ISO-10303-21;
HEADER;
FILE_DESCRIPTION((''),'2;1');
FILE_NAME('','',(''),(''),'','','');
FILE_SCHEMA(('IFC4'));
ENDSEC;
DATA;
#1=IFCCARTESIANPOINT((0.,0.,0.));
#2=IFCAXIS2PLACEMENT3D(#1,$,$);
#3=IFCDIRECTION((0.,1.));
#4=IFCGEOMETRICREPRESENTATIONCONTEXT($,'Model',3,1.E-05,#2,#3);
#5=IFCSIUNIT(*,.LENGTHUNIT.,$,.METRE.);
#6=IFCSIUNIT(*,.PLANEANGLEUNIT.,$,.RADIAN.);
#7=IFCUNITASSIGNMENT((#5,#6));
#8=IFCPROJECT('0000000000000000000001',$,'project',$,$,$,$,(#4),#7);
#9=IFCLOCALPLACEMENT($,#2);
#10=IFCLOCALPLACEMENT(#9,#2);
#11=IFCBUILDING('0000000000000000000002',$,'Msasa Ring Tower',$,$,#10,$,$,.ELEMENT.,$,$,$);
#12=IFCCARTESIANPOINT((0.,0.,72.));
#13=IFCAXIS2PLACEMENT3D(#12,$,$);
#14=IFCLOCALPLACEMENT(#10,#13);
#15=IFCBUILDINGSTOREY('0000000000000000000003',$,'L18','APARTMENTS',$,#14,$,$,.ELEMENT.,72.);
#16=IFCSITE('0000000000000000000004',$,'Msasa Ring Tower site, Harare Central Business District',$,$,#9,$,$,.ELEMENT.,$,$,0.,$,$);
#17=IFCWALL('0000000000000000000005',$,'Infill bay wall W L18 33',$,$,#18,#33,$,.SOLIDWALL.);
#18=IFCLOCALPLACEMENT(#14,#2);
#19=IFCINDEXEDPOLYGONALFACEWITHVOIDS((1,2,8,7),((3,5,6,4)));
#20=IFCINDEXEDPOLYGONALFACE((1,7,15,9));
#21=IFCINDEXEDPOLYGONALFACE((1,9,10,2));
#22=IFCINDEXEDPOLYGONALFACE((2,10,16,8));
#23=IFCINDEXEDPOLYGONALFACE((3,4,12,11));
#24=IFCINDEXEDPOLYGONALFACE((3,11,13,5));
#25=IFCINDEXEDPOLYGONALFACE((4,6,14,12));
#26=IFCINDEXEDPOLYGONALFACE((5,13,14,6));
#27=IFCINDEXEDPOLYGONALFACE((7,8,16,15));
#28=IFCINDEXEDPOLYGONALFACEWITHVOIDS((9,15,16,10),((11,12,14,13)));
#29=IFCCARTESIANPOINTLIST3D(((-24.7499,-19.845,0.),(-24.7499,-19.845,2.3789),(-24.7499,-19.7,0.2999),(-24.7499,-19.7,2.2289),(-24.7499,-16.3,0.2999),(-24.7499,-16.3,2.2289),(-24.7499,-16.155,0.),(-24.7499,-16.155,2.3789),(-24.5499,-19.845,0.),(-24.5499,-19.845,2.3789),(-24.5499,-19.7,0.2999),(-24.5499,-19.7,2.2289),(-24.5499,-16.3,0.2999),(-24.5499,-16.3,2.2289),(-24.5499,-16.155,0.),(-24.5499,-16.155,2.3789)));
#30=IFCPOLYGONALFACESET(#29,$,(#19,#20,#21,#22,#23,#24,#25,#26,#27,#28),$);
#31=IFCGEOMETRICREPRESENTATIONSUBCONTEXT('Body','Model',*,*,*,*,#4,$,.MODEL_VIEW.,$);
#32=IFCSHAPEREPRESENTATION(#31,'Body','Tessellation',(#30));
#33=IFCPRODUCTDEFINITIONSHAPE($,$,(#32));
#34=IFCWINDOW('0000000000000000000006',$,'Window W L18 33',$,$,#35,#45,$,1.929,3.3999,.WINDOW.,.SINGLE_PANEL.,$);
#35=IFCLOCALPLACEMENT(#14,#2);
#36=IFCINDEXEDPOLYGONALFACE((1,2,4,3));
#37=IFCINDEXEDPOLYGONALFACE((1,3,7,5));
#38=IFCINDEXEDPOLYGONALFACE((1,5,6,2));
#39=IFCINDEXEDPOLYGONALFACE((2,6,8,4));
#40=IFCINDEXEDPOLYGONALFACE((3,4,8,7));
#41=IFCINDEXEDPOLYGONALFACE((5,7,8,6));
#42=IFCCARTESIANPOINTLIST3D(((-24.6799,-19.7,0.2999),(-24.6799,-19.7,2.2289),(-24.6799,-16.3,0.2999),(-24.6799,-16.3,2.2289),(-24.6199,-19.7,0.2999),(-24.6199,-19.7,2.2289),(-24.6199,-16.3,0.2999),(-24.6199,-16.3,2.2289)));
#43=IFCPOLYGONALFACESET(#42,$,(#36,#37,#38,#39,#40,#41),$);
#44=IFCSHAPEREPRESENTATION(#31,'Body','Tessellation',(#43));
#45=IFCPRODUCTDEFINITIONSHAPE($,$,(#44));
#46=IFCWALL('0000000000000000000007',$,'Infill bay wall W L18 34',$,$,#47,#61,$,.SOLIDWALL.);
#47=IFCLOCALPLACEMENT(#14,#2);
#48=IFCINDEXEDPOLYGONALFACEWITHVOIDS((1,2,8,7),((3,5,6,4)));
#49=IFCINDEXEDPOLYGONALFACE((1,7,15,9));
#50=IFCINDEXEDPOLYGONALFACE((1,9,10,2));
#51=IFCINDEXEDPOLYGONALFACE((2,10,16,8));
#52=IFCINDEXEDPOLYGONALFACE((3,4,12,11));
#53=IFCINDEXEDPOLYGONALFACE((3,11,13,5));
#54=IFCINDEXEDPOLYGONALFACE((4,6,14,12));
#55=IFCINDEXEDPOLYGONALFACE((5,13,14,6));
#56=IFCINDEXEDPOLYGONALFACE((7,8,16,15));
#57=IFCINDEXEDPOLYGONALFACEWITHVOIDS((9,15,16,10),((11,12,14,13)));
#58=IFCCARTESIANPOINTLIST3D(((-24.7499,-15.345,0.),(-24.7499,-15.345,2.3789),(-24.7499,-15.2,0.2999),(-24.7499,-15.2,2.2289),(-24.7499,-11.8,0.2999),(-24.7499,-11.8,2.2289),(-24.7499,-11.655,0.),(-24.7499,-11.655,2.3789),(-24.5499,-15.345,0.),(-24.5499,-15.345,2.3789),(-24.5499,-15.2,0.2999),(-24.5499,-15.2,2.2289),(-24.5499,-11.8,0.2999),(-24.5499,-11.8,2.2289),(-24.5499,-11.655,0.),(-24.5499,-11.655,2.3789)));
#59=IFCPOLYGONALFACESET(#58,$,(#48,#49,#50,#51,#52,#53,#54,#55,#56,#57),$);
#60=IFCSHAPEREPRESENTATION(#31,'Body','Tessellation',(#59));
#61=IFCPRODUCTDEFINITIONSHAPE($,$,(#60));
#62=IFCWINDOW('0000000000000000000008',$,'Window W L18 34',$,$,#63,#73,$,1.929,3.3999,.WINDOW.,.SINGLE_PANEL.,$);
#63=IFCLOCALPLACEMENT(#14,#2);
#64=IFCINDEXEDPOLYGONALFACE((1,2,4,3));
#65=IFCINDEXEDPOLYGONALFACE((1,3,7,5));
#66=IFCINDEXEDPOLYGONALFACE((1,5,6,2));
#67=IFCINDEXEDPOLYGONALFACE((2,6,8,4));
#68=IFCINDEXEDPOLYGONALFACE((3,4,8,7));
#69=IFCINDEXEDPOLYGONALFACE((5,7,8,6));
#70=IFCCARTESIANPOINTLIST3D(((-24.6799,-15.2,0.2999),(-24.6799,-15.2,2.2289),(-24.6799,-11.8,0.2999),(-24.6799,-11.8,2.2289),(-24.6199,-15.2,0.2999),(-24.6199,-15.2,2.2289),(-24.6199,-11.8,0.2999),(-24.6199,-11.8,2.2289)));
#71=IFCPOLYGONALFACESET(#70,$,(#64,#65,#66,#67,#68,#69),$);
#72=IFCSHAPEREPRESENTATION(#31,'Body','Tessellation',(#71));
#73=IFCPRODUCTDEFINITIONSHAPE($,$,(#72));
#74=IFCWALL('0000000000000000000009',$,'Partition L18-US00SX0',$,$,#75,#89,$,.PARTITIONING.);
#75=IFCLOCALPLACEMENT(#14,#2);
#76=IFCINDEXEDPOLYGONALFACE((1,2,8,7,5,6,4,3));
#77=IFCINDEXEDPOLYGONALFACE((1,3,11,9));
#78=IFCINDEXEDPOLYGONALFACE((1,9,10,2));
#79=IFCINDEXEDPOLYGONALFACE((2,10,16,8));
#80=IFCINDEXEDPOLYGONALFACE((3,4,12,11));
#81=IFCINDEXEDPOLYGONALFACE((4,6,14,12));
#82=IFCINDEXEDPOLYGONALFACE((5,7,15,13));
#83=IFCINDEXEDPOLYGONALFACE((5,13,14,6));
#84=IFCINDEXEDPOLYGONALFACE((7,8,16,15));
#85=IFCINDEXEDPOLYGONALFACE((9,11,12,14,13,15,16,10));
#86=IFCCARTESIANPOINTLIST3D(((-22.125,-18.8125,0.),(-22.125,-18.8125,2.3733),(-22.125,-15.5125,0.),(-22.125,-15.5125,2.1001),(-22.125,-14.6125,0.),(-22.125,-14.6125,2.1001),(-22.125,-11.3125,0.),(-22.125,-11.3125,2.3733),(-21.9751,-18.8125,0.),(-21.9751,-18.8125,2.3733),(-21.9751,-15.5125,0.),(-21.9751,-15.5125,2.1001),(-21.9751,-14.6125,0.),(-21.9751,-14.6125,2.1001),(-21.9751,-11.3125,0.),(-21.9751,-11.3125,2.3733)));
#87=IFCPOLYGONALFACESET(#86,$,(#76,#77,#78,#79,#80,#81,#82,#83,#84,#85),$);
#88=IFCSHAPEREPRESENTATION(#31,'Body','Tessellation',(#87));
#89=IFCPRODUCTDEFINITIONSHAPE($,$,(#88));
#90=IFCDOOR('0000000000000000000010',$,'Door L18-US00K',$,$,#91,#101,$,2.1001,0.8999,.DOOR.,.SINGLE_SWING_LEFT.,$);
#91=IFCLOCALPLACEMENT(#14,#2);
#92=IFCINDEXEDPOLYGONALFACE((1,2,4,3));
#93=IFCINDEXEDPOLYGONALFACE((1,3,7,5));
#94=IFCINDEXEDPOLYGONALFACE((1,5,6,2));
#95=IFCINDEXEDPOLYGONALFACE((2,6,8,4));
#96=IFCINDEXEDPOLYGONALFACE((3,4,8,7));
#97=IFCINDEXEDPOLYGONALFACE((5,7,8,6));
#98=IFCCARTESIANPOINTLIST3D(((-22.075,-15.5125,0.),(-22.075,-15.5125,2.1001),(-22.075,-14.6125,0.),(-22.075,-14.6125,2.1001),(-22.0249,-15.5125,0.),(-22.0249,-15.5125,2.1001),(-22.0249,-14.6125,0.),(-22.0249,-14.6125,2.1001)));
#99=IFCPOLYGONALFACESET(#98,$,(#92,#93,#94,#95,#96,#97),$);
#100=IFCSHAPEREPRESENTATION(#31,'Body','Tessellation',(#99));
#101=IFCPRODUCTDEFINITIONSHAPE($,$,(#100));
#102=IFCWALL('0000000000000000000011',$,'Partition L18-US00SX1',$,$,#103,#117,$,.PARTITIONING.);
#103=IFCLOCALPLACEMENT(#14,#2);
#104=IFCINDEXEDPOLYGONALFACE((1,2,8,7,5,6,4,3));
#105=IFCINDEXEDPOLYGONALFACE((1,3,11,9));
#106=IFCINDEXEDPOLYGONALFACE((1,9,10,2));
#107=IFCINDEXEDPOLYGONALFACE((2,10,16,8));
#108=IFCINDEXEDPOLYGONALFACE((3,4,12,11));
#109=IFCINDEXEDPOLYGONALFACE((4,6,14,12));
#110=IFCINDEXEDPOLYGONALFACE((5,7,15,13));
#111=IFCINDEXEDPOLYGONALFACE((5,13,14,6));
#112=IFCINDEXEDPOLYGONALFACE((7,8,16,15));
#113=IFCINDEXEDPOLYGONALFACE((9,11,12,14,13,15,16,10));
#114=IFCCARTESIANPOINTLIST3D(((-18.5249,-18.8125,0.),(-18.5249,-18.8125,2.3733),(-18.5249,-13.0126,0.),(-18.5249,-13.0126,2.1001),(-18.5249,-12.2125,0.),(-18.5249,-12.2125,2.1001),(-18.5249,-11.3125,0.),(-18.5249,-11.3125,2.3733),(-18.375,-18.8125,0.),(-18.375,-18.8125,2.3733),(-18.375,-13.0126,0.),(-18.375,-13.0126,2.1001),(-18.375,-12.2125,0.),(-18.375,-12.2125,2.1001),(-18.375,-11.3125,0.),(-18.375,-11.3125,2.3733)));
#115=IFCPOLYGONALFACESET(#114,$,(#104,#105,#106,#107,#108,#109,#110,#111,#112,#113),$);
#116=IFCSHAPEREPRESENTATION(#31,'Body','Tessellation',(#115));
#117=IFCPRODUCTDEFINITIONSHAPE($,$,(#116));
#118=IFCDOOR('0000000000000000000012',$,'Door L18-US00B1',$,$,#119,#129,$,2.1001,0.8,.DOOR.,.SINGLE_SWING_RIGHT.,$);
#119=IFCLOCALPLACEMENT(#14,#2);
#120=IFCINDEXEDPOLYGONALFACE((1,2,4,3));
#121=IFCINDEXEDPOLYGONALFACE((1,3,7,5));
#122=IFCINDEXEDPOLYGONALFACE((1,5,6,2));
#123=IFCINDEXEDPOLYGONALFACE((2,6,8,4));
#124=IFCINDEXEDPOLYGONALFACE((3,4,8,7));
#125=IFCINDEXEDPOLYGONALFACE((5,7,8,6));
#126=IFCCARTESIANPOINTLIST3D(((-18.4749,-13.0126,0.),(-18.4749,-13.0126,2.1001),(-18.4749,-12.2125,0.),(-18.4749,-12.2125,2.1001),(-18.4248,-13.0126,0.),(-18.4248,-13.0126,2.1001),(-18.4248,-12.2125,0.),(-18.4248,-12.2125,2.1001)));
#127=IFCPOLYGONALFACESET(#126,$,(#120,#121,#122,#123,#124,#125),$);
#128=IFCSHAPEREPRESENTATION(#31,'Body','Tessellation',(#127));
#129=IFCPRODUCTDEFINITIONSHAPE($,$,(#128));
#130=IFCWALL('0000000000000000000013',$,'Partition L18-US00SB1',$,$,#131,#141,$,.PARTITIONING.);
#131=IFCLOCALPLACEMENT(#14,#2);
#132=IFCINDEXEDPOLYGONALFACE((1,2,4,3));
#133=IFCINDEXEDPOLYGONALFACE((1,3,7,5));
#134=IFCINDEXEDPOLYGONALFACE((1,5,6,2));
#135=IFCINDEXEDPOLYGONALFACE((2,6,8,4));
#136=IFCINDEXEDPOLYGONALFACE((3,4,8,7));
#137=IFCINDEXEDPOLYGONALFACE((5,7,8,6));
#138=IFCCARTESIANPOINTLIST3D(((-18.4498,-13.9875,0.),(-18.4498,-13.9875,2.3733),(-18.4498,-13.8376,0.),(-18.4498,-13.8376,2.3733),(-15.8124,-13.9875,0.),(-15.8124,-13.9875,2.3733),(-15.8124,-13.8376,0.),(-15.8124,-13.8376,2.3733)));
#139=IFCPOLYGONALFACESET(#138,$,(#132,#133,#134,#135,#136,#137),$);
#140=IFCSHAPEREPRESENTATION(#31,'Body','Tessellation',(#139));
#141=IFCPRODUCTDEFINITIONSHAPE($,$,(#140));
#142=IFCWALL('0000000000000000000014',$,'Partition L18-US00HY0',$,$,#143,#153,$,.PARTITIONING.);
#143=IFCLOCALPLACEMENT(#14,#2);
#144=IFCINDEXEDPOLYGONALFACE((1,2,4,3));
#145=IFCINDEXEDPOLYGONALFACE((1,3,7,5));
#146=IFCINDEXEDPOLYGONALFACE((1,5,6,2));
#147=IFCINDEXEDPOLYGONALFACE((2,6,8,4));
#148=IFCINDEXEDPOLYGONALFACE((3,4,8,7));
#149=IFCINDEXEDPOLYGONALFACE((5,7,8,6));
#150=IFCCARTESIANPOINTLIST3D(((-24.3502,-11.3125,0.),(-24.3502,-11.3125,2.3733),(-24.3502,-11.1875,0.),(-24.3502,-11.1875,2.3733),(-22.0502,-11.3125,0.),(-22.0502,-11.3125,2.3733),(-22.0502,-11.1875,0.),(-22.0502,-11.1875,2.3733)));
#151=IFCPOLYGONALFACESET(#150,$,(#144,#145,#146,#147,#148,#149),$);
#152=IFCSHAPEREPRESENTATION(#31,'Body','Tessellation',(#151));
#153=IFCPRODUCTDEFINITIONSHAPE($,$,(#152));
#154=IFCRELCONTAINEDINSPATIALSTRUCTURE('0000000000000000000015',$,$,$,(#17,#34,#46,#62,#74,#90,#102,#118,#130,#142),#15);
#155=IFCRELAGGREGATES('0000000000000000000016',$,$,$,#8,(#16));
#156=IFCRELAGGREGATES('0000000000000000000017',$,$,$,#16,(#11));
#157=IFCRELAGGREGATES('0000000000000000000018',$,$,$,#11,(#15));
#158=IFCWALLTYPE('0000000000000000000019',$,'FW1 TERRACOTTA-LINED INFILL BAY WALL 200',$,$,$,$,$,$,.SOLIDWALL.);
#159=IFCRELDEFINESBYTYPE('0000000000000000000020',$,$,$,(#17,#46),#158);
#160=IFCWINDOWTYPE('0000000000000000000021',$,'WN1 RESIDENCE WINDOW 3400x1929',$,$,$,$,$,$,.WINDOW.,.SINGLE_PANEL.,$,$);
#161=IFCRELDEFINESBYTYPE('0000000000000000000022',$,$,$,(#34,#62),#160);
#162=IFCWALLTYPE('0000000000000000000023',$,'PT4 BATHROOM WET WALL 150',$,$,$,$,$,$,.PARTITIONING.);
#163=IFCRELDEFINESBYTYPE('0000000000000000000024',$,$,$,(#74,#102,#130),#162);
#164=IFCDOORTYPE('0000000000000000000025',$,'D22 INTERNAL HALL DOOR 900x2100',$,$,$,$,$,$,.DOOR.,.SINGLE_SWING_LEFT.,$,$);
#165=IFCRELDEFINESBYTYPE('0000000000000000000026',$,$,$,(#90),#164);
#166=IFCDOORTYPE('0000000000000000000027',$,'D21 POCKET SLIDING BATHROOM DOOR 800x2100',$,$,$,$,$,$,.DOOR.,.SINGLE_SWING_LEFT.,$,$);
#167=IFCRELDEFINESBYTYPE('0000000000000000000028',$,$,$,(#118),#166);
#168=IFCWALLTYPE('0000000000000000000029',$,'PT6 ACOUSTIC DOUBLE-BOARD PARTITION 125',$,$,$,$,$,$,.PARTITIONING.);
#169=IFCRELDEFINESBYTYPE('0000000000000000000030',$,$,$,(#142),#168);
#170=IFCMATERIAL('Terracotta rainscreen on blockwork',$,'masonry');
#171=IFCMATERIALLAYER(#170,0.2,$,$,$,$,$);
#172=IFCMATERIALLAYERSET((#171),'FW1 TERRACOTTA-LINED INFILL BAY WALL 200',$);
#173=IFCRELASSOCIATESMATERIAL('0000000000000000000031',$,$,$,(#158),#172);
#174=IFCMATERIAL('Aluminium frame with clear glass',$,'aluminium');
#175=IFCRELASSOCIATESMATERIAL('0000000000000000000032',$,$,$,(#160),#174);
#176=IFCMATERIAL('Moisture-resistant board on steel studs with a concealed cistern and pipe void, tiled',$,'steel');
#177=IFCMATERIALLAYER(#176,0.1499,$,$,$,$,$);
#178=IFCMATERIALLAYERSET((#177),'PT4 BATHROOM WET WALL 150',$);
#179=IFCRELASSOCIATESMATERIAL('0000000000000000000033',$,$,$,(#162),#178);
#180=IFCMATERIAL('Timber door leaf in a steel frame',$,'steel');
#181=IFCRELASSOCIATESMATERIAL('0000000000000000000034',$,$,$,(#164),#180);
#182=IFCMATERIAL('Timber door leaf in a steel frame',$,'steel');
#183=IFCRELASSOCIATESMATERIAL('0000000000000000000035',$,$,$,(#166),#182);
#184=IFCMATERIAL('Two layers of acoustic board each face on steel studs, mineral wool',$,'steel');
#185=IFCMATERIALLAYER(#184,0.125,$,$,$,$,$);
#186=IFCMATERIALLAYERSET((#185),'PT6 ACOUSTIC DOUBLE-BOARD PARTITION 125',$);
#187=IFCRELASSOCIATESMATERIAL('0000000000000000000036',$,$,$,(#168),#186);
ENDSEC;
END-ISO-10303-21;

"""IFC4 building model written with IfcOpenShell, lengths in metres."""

from ifc_helpers import new_model, si_unit, direction, frame, frame_2d, origin, place, context, subcontext, project, spatial, rectangle, extrude, material, layer, layer_set, type_object, element, fill, save


model = new_model("IFC4")

# Units and contexts
model_context = context("Model", 3, precision=1e-05, world=origin(), true_north=direction((0.0, 1.0)))
body_context = subcontext(model_context, "Body", "Model", "MODEL_VIEW")
ifc_project = project(units=[si_unit("LENGTHUNIT", "METRE"), si_unit("PLANEANGLEUNIT", "RADIAN")], contexts=[model_context])

# Site, building, storey
site_placement = place(None, origin())
site = spatial("IfcSite", under=ifc_project, at=site_placement, Name="Msasa Ring Tower site, Harare Central Business District", CompositionType="ELEMENT", RefElevation=0.0)
building_placement = place(site_placement, origin())
building = spatial("IfcBuilding", under=site, at=building_placement, Name="Msasa Ring Tower", CompositionType="ELEMENT")
storey_placement = place(building_placement, frame((0.0, 0.0, 72.0)))
storey = spatial("IfcBuildingStorey", under=building, at=storey_placement, Name="L18", Description="APARTMENTS", CompositionType="ELEMENT", Elevation=72.0)

# Walls, openings, windows
ifc_material_1 = material(Name="Terracotta rainscreen on blockwork", Category="masonry")
ifc_layer_1 = layer(ifc_material_1, 0.2)
ifc_layer_set_1 = layer_set([ifc_layer_1], Name="FW1 TERRACOTTA-LINED INFILL BAY WALL 200")
wall_type_1 = type_object("IfcWallType", Name="FW1 TERRACOTTA-LINED INFILL BAY WALL 200", PredefinedType="SOLIDWALL", material=ifc_layer_set_1)
wall_1_placement = place(storey_placement, frame((-24.6499, -19.845, 0.0), z_axis=(0.0, 0.0, 1.0), x_axis=(0.0, 1.0, 0.0)))
wall_1 = element("IfcWall", 1, at=wall_1_placement, inside=storey, type_object=wall_type_1, Name="Infill bay wall W L18 33", PredefinedType="SOLIDWALL", context=body_context, shape_type="SweptSolid", body=[
    extrude(rectangle(XDim=3.6899, YDim=0.2, at=frame_2d((1.845, 0.0))), origin(), (0.0, 0.0, 1.0), 2.3789),
])
opening_1_placement = place(wall_1_placement, frame((0.145, 0.0, 0.3)))
opening_1 = element("IfcOpeningElement", 2, at=opening_1_placement, cuts=wall_1, PredefinedType="OPENING", context=body_context, shape_type="SweptSolid", body=[
    extrude(rectangle(XDim=3.3999, YDim=1.929, at=frame_2d((1.7, 0.9644))), frame((0.0, 0.1099, 0.0), z_axis=(0.0, -1.0, 0.0), x_axis=(1.0, 0.0, 0.0)), (0.0, 0.0, 1.0), 0.22),
])
ifc_material_2 = material(Name="Aluminium frame with clear glass", Category="aluminium")
window_type = type_object("IfcWindowType", Name="WN1 RESIDENCE WINDOW 3400x1929", PartitioningType="SINGLE_PANEL", PredefinedType="WINDOW", material=ifc_material_2)
window_1_placement = place(opening_1_placement, origin())
window_1 = element("IfcWindow", 3, at=window_1_placement, inside=storey, type_object=window_type, Name="Window W L18 33", OverallHeight=1.929, OverallWidth=3.3999, PartitioningType="SINGLE_PANEL", PredefinedType="WINDOW", context=body_context, shape_type="SweptSolid", body=[
    extrude(rectangle(XDim=3.3999, YDim=1.929, at=frame_2d((1.7, 0.9644))), frame((0.0, 0.03, 0.0), z_axis=(0.0, -1.0, 0.0), x_axis=(1.0, 0.0, 0.0)), (0.0, 0.0, 1.0), 0.0601),
])
fill(opening_1, window_1)
wall_2_placement = place(storey_placement, frame((-24.6499, -15.345, 0.0), z_axis=(0.0, 0.0, 1.0), x_axis=(0.0, 1.0, 0.0)))
wall_2 = element("IfcWall", 4, at=wall_2_placement, inside=storey, type_object=wall_type_1, Name="Infill bay wall W L18 34", PredefinedType="SOLIDWALL", context=body_context, shape_type="SweptSolid", body=[
    extrude(rectangle(XDim=3.6899, YDim=0.2, at=frame_2d((1.845, 0.0))), origin(), (0.0, 0.0, 1.0), 2.3789),
])
opening_2_placement = place(wall_2_placement, frame((0.145, 0.0, 0.3)))
opening_2 = element("IfcOpeningElement", 5, at=opening_2_placement, cuts=wall_2, PredefinedType="OPENING", context=body_context, shape_type="SweptSolid", body=[
    extrude(rectangle(XDim=3.3999, YDim=1.929, at=frame_2d((1.7, 0.9644))), frame((0.0, 0.1099, 0.0), z_axis=(0.0, -1.0, 0.0), x_axis=(1.0, 0.0, 0.0)), (0.0, 0.0, 1.0), 0.22),
])
window_2_placement = place(opening_2_placement, origin())
window_2 = element("IfcWindow", 6, at=window_2_placement, inside=storey, type_object=window_type, Name="Window W L18 34", OverallHeight=1.929, OverallWidth=3.3999, PartitioningType="SINGLE_PANEL", PredefinedType="WINDOW", context=body_context, shape_type="SweptSolid", body=[
    extrude(rectangle(XDim=3.3999, YDim=1.929, at=frame_2d((1.7, 0.9644))), frame((0.0, 0.03, 0.0), z_axis=(0.0, -1.0, 0.0), x_axis=(1.0, 0.0, 0.0)), (0.0, 0.0, 1.0), 0.0601),
])
fill(opening_2, window_2)

# Walls, openings, doors
ifc_material_3 = material(Name="Moisture-resistant board on steel studs with a concealed cistern and pipe void, tiled", Category="steel")
ifc_layer_2 = layer(ifc_material_3, 0.1499)
ifc_layer_set_2 = layer_set([ifc_layer_2], Name="PT4 BATHROOM WET WALL 150")
wall_type_2 = type_object("IfcWallType", Name="PT4 BATHROOM WET WALL 150", PredefinedType="PARTITIONING", material=ifc_layer_set_2)
wall_3_placement = place(storey_placement, frame((-22.05, -18.8125, 0.0), z_axis=(0.0, 0.0, 1.0), x_axis=(0.0, 1.0, 0.0)))
wall_3 = element("IfcWall", 7, at=wall_3_placement, inside=storey, type_object=wall_type_2, Name="Partition L18-US00SX0", PredefinedType="PARTITIONING", context=body_context, shape_type="SweptSolid", body=[
    extrude(rectangle(XDim=7.5, YDim=0.1499, at=frame_2d((3.75, 0.0))), origin(), (0.0, 0.0, 1.0), 2.3733),
])
opening_3_placement = place(wall_3_placement, frame((3.3, 0.0, 0.0)))
opening_3 = element("IfcOpeningElement", 8, at=opening_3_placement, cuts=wall_3, PredefinedType="OPENING", context=body_context, shape_type="SweptSolid", body=[
    extrude(rectangle(XDim=0.8999, YDim=2.1001, at=frame_2d((0.45, 1.05))), frame((0.0, 0.085, 0.0), z_axis=(0.0, -1.0, 0.0), x_axis=(1.0, 0.0, 0.0)), (0.0, 0.0, 1.0), 0.1699),
])
ifc_material_4 = material(Name="Timber door leaf in a steel frame", Category="steel")
door_type_1 = type_object("IfcDoorType", Name="D22 INTERNAL HALL DOOR 900x2100", OperationType="SINGLE_SWING_LEFT", PredefinedType="DOOR", material=ifc_material_4)
door_1_placement = place(opening_3_placement, origin())
door_1 = element("IfcDoor", 9, at=door_1_placement, inside=storey, type_object=door_type_1, Name="Door L18-US00K", OperationType="SINGLE_SWING_LEFT", OverallHeight=2.1001, OverallWidth=0.8999, PredefinedType="DOOR", context=body_context, shape_type="SweptSolid", body=[
    extrude(rectangle(XDim=0.8999, YDim=2.1001, at=frame_2d((0.45, 1.05))), frame((0.0, 0.0249, 0.0), z_axis=(0.0, -1.0, 0.0), x_axis=(1.0, 0.0, 0.0)), (0.0, 0.0, 1.0), 0.05),
])
fill(opening_3, door_1)
wall_4_placement = place(storey_placement, frame((-18.45, -18.8125, 0.0), z_axis=(0.0, 0.0, 1.0), x_axis=(0.0, 1.0, 0.0)))
wall_4 = element("IfcWall", 10, at=wall_4_placement, inside=storey, type_object=wall_type_2, Name="Partition L18-US00SX1", PredefinedType="PARTITIONING", context=body_context, shape_type="SweptSolid", body=[
    extrude(rectangle(XDim=7.5, YDim=0.1499, at=frame_2d((3.75, 0.0))), origin(), (0.0, 0.0, 1.0), 2.3733),
])
opening_4_placement = place(wall_4_placement, frame((5.8, 0.0, 0.0)))
opening_4 = element("IfcOpeningElement", 11, at=opening_4_placement, cuts=wall_4, PredefinedType="OPENING", context=body_context, shape_type="SweptSolid", body=[
    extrude(rectangle(XDim=0.8, YDim=2.1001, at=frame_2d((0.3999, 1.05))), frame((0.0, 0.085, 0.0), z_axis=(0.0, -1.0, 0.0), x_axis=(1.0, 0.0, 0.0)), (0.0, 0.0, 1.0), 0.1699),
])
ifc_material_5 = material(Name="Timber door leaf in a steel frame", Category="steel")
door_type_2 = type_object("IfcDoorType", Name="D21 POCKET SLIDING BATHROOM DOOR 800x2100", OperationType="SINGLE_SWING_LEFT", PredefinedType="DOOR", material=ifc_material_5)
door_2_placement = place(opening_4_placement, origin())
door_2 = element("IfcDoor", 12, at=door_2_placement, inside=storey, type_object=door_type_2, Name="Door L18-US00B1", OperationType="SINGLE_SWING_RIGHT", OverallHeight=2.1001, OverallWidth=0.8, PredefinedType="DOOR", context=body_context, shape_type="SweptSolid", body=[
    extrude(rectangle(XDim=0.8, YDim=2.1001, at=frame_2d((0.3999, 1.05))), frame((0.0, 0.0249, 0.0), z_axis=(0.0, -1.0, 0.0), x_axis=(1.0, 0.0, 0.0)), (0.0, 0.0, 1.0), 0.05),
])
fill(opening_4, door_2)

# Walls
wall_5_placement = place(storey_placement, frame((-18.45, -13.9126, 0.0), z_axis=(0.0, 0.0, 1.0), x_axis=(1.0, 0.0, 0.0)))
element("IfcWall", 13, at=wall_5_placement, inside=storey, type_object=wall_type_2, Name="Partition L18-US00SB1", PredefinedType="PARTITIONING", context=body_context, shape_type="SweptSolid", body=[
    extrude(rectangle(XDim=2.6375, YDim=0.1499, at=frame_2d((1.3188, 0.0))), origin(), (0.0, 0.0, 1.0), 2.3733),
])
ifc_material_6 = material(Name="Two layers of acoustic board each face on steel studs, mineral wool", Category="steel")
ifc_layer_3 = layer(ifc_material_6, 0.125)
ifc_layer_set_3 = layer_set([ifc_layer_3], Name="PT6 ACOUSTIC DOUBLE-BOARD PARTITION 125")
wall_type_3 = type_object("IfcWallType", Name="PT6 ACOUSTIC DOUBLE-BOARD PARTITION 125", PredefinedType="PARTITIONING", material=ifc_layer_set_3)
wall_6_placement = place(storey_placement, frame((-24.3501, -11.25, 0.0), z_axis=(0.0, 0.0, 1.0), x_axis=(1.0, 0.0, 0.0)))
element("IfcWall", 14, at=wall_6_placement, inside=storey, type_object=wall_type_3, Name="Partition L18-US00HY0", PredefinedType="PARTITIONING", context=body_context, shape_type="SweptSolid", body=[
    extrude(rectangle(XDim=2.3, YDim=0.125, at=frame_2d((1.1499, 0.0))), origin(), (0.0, 0.0, 1.0), 2.3733),
])

save(model, "model.ifc")
